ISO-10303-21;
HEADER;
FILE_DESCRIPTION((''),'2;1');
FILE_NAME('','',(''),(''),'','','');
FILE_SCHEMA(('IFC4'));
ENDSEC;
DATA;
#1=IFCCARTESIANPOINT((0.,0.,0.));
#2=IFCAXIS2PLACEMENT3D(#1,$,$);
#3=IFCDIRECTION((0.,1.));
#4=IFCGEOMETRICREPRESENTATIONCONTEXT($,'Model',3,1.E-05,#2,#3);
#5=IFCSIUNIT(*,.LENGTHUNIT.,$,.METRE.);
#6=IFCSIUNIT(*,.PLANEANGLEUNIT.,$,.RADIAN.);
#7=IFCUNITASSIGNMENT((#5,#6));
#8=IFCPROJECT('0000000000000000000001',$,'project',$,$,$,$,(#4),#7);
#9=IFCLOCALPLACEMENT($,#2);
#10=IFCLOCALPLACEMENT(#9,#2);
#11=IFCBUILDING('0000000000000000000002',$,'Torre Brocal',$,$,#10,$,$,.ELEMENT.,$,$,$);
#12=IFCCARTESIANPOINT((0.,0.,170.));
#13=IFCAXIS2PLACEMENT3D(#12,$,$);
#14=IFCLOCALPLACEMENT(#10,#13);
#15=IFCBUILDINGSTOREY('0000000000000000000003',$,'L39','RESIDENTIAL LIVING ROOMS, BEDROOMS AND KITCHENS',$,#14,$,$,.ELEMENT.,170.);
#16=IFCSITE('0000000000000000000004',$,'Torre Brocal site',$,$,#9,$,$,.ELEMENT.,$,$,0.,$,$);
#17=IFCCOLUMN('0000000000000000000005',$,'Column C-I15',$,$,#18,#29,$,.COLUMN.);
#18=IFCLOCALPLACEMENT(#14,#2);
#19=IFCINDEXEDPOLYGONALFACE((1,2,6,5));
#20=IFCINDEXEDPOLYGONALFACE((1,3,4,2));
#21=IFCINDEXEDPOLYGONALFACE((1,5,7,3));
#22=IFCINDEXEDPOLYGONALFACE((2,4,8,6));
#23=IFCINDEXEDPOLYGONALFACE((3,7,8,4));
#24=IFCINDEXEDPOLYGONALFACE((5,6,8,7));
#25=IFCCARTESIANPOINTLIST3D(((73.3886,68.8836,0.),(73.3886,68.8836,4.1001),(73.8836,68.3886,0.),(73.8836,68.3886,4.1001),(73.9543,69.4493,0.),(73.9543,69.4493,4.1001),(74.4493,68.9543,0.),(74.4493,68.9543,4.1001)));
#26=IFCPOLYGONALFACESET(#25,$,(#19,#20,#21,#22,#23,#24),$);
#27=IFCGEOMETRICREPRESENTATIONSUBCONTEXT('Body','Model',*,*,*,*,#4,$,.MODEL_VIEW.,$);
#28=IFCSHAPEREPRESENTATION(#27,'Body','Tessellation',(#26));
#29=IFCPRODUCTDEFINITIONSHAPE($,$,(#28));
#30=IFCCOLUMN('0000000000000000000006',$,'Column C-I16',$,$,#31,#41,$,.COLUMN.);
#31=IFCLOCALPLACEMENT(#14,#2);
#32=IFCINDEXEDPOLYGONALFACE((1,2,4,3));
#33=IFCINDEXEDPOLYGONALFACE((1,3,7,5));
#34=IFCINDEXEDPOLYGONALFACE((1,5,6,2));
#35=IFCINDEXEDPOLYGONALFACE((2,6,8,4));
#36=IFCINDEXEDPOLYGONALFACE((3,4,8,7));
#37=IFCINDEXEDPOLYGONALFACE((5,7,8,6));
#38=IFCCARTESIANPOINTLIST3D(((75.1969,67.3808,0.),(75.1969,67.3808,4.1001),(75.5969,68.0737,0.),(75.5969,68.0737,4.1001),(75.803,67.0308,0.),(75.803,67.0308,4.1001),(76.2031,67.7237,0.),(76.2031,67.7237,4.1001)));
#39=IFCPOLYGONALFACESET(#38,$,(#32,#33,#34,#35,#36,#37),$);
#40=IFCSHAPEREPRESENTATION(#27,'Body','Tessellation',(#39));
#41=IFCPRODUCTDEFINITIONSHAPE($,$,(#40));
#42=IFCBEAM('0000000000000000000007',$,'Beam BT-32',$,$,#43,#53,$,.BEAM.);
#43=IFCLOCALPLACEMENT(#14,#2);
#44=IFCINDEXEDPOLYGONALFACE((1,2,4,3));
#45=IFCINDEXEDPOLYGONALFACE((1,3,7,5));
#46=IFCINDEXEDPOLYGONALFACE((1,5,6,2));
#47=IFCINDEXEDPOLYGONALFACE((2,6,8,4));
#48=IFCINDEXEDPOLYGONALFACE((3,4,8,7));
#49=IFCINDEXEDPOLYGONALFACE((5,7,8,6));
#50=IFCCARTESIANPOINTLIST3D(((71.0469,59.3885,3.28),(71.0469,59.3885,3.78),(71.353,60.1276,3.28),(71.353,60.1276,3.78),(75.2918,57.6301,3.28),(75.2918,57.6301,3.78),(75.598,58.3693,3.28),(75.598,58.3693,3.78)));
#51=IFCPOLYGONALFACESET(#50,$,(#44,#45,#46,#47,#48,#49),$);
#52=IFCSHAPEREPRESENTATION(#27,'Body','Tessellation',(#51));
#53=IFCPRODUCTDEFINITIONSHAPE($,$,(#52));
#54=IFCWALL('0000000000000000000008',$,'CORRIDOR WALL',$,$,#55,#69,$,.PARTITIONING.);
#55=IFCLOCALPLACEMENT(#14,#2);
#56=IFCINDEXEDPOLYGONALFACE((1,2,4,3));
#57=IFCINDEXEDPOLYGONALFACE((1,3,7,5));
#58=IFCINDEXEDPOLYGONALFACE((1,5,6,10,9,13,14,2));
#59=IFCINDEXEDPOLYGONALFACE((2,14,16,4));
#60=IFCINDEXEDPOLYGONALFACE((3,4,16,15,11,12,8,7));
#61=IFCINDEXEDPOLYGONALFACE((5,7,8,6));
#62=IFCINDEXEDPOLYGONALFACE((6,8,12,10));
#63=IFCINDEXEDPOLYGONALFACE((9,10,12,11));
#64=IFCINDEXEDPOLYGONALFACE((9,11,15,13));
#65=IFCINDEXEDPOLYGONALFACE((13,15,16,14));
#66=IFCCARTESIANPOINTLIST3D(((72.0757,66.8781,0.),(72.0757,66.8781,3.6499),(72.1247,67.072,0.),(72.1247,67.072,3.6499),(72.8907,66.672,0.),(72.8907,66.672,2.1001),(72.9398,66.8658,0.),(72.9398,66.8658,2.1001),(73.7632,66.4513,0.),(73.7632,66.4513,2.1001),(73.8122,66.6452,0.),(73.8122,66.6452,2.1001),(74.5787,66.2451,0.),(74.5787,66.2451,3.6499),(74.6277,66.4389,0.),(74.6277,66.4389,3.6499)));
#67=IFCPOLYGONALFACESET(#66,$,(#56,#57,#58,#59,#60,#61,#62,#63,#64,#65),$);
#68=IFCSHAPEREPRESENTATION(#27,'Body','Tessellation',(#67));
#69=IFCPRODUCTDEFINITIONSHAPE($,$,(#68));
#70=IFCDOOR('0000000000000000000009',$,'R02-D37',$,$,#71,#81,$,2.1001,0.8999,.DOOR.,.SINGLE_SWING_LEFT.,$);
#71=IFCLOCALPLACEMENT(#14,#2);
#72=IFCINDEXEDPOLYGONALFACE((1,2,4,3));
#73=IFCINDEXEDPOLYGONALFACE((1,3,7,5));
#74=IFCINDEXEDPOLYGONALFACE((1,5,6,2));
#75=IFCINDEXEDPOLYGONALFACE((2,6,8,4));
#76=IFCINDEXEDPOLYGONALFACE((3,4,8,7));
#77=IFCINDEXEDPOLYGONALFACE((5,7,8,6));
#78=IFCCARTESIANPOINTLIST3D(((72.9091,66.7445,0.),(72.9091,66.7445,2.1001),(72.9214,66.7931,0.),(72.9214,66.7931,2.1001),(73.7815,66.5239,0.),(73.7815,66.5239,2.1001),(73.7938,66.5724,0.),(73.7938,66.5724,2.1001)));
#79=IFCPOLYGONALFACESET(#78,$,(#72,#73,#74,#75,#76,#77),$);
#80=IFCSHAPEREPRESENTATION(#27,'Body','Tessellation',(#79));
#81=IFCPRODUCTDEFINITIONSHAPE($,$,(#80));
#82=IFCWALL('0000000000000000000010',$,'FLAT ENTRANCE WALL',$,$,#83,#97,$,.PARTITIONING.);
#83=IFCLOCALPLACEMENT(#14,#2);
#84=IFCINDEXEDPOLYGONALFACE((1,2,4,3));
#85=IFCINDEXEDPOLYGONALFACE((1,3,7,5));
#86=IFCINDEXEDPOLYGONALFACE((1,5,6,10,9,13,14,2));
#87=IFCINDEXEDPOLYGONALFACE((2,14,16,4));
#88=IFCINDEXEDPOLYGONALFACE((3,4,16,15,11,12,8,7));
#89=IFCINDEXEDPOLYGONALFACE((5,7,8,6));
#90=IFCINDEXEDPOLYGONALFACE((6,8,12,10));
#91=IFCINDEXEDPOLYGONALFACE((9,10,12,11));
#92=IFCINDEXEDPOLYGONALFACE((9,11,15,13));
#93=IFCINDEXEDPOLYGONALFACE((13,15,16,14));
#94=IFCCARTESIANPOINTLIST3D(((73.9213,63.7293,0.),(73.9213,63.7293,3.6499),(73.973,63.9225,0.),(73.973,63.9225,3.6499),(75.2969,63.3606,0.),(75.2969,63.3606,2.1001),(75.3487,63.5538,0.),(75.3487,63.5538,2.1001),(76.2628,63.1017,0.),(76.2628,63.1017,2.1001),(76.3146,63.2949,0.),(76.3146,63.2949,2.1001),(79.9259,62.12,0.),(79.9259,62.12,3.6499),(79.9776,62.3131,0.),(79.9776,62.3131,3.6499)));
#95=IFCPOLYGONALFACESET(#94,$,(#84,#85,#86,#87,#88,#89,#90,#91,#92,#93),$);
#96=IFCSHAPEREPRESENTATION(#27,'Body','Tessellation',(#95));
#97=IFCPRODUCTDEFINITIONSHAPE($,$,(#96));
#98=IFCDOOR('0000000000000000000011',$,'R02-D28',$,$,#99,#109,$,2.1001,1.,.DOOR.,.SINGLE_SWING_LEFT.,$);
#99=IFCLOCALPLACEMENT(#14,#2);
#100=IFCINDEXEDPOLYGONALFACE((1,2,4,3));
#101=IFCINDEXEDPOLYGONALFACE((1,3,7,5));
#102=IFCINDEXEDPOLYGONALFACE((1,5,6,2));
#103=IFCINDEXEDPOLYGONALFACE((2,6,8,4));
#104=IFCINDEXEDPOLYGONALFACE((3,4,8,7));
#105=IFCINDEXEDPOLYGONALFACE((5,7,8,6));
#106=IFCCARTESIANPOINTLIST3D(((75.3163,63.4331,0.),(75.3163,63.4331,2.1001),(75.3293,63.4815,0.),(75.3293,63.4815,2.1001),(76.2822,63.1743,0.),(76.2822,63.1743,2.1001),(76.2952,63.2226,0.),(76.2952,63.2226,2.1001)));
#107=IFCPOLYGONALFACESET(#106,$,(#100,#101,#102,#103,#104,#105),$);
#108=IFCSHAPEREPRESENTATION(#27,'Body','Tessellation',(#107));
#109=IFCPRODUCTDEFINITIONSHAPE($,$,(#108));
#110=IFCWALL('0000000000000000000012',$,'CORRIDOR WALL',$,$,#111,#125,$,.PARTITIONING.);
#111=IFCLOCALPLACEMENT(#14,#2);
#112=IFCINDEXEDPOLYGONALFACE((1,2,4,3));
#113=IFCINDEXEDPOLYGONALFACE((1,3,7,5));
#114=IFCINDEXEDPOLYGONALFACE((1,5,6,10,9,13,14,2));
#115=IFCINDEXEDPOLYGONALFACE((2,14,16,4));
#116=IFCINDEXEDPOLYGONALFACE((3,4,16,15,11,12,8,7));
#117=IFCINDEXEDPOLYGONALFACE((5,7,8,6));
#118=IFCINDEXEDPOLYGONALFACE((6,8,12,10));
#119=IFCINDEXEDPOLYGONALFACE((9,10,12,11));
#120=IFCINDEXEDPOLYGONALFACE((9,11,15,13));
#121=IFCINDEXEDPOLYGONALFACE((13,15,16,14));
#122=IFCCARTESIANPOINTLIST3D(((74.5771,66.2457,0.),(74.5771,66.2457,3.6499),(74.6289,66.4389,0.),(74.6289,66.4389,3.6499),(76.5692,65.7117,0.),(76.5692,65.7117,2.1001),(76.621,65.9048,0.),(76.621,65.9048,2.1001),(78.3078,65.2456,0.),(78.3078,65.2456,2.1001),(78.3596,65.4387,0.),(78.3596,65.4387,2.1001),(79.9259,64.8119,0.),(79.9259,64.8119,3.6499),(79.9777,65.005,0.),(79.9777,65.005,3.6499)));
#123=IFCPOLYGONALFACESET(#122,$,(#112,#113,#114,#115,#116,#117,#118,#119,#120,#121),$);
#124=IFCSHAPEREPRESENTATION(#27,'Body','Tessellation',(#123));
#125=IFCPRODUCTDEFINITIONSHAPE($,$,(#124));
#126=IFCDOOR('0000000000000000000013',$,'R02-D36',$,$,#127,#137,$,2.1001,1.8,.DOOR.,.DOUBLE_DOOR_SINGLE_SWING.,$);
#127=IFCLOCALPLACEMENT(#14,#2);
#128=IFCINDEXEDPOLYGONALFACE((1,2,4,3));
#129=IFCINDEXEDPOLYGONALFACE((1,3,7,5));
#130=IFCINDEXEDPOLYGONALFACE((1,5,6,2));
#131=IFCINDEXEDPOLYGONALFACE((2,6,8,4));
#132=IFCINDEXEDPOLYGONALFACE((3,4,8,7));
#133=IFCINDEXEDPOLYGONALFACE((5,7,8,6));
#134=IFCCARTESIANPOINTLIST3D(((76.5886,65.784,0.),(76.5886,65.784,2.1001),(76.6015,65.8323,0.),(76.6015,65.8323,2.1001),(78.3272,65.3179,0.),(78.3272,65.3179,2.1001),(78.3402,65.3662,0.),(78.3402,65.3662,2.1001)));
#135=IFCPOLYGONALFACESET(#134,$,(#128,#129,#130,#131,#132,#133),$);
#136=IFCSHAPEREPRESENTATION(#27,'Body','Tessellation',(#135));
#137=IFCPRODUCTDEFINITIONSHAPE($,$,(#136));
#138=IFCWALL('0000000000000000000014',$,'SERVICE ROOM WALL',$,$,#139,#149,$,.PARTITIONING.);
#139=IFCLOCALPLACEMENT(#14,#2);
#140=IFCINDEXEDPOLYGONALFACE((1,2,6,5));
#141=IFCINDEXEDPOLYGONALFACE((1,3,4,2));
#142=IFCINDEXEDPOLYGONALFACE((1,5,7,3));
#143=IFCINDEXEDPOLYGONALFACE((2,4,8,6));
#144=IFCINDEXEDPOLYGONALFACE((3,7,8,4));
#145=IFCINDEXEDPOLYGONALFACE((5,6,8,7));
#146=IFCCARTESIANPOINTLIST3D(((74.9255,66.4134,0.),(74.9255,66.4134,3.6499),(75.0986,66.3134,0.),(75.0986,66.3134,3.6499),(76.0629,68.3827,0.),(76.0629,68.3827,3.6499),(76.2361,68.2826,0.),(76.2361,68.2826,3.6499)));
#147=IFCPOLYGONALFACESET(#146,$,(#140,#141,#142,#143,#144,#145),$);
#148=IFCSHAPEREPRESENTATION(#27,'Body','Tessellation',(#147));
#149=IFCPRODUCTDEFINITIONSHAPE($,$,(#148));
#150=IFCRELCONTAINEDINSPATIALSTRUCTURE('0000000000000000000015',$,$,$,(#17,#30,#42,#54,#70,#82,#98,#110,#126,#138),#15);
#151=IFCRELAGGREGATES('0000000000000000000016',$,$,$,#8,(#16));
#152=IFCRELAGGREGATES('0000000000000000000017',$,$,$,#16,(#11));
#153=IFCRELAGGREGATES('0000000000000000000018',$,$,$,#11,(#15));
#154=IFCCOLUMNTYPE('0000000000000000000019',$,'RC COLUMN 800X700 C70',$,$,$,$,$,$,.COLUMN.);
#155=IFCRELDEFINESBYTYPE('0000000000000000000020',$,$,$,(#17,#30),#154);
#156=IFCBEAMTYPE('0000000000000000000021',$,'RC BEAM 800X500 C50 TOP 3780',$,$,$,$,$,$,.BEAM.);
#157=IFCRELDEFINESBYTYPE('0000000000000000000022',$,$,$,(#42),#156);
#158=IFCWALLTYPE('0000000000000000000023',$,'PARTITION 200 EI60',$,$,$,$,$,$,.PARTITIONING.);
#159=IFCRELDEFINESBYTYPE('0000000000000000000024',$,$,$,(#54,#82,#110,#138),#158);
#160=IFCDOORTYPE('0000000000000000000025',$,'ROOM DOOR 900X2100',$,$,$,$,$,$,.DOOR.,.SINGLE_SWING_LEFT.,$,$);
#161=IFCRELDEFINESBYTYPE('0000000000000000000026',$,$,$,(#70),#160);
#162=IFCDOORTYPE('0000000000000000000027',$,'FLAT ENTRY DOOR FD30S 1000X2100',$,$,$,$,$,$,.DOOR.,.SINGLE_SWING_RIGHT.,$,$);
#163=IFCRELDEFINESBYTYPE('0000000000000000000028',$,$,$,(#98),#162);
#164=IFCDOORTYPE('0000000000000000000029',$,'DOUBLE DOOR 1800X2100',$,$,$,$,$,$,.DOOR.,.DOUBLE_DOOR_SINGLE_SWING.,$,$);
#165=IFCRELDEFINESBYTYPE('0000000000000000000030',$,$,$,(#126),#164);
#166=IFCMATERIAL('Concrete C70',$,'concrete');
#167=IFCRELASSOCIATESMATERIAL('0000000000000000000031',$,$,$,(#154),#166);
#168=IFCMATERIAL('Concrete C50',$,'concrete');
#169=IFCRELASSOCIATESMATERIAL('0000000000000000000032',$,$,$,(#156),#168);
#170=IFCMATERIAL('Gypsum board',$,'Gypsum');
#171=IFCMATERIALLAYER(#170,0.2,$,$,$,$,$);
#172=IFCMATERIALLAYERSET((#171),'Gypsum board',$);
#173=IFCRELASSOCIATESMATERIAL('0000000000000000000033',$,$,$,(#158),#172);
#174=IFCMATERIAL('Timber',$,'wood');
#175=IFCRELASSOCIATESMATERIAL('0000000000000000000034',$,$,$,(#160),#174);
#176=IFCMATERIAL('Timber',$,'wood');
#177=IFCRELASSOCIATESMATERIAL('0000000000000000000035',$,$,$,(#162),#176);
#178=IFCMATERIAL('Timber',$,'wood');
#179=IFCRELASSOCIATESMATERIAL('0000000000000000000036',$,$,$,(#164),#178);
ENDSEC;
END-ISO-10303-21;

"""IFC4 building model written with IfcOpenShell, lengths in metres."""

from ifc_helpers import new_model, si_unit, direction, frame, frame_2d, origin, origin_2d, place, context, subcontext, project, spatial, rectangle, extrude, material, layer, layer_set, material_profile, profile_set, type_object, element, fill, save


model = new_model("IFC4")

# Units and contexts
model_context = context("Model", 3, precision=1e-05, world=origin(), true_north=direction((0.0, 1.0)))
body_context = subcontext(model_context, "Body", "Model", "MODEL_VIEW")
ifc_project = project(units=[si_unit("LENGTHUNIT", "METRE"), si_unit("PLANEANGLEUNIT", "RADIAN")], contexts=[model_context])

# Site, building, storey
site_placement = place(None, origin())
site = spatial("IfcSite", under=ifc_project, at=site_placement, Name="Torre Brocal site", CompositionType="ELEMENT", RefElevation=0.0)
building_placement = place(site_placement, origin())
building = spatial("IfcBuilding", under=site, at=building_placement, Name="Torre Brocal", CompositionType="ELEMENT")
storey_placement = place(building_placement, frame((0.0, 0.0, 170.0)))
storey = spatial("IfcBuildingStorey", under=building, at=storey_placement, Name="L39", Description="RESIDENTIAL LIVING ROOMS, BEDROOMS AND KITCHENS", CompositionType="ELEMENT", Elevation=170.0)

# Columns
ifc_material_1 = material(Name="Concrete C70", Category="concrete")
ifc_material_profile_1 = material_profile(ifc_material_1, rectangle(XDim=0.8, YDim=0.7, at=origin_2d()), Name="RC 800X700")
ifc_profile_set_1 = profile_set([ifc_material_profile_1], Name="Concrete C70")
column_type = type_object("IfcColumnType", Name="RC COLUMN 800X700 C70", PredefinedType="COLUMN", material=ifc_profile_set_1)
for number, where, z_axis, x_axis, name in (
    (1, (73.9189, 68.9189, 0.0), (0.0, 0.0, 1.0), (-0.707107, -0.707107, 0.0), "Column C-I15"),
    (2, (75.7, 67.5522, 0.0), (0.0, 0.0, 1.0), (-0.5, -0.866025, 0.0), "Column C-I16"),
):
    element("IfcColumn", number, at=place(storey_placement, frame(where, z_axis=z_axis, x_axis=x_axis)), inside=storey, type_object=column_type, Name=name, PredefinedType="COLUMN", context=body_context, shape_type="SweptSolid", body=[
        extrude(rectangle(XDim=0.8, YDim=0.7, at=origin_2d()), origin(), (0.0, 0.0, 1.0), 4.1001),
    ])

# Beam
ifc_material_2 = material(Name="Concrete C50", Category="concrete")
ifc_material_profile_2 = material_profile(ifc_material_2, rectangle(XDim=0.8, YDim=0.5, at=origin_2d()), Name="RC 800X500")
ifc_profile_set_2 = profile_set([ifc_material_profile_2], Name="Concrete C50")
beam_type = type_object("IfcBeamType", Name="RC BEAM 800X500 C50 TOP 3780", PredefinedType="BEAM", material=ifc_profile_set_2)
beam_placement = place(storey_placement, frame((71.2, 59.7581, 3.53), z_axis=(0.923878, -0.382687, 0.0), x_axis=(0.382687, 0.923878, 0.0)))
element("IfcBeam", 3, at=beam_placement, inside=storey, type_object=beam_type, Name="Beam BT-32", PredefinedType="BEAM", context=body_context, shape_type="SweptSolid", body=[
    extrude(rectangle(XDim=0.8, YDim=0.5, at=origin_2d()), origin(), (0.0, 0.0, 1.0), 4.5947),
])

# Walls, openings, doors
ifc_material_3 = material(Name="Gypsum board", Category="Gypsum")
ifc_layer_1 = layer(ifc_material_3, 0.2)
ifc_layer_set_1 = layer_set([ifc_layer_1], Name="Gypsum board")
wall_type_1 = type_object("IfcWallType", Name="PARTITION 200 EI60", PredefinedType="PARTITIONING", material=ifc_layer_set_1)
wall_1_placement = place(storey_placement, frame((72.1001, 66.9751, 0.0), z_axis=(0.0, 0.0, 1.0), x_axis=(0.969471, -0.245205, 0.0)))
wall_1 = element("IfcWall", 4, at=wall_1_placement, inside=storey, type_object=wall_type_1, Name="CORRIDOR WALL", PredefinedType="PARTITIONING", context=body_context, shape_type="SweptSolid", body=[
    extrude(rectangle(XDim=2.5818, YDim=0.2, at=frame_2d((1.291, 0.0))), origin(), (0.0, 0.0, 1.0), 3.6499),
])
opening_1_placement = place(wall_1_placement, frame((0.8408, 0.0, 0.0)))
opening_1 = element("IfcOpeningElement", 5, at=opening_1_placement, cuts=wall_1, PredefinedType="OPENING", context=body_context, shape_type="SweptSolid", body=[
    extrude(rectangle(XDim=0.8999, YDim=2.1001, at=frame_2d((0.45, 1.05))), frame((0.0, 0.1099, 0.0), z_axis=(0.0, -1.0, 0.0), x_axis=(1.0, 0.0, 0.0)), (0.0, 0.0, 1.0), 0.22),
])
ifc_material_4 = material(Name="Timber", Category="wood")
door_type_1 = type_object("IfcDoorType", Name="ROOM DOOR 900X2100", OperationType="SINGLE_SWING_LEFT", PredefinedType="DOOR", material=ifc_material_4)
door_1_placement = place(opening_1_placement, origin())
door_1 = element("IfcDoor", 6, at=door_1_placement, inside=storey, type_object=door_type_1, Name="R02-D37", OperationType="SINGLE_SWING_LEFT", OverallHeight=2.1001, OverallWidth=0.8999, PredefinedType="DOOR", context=body_context, shape_type="SweptSolid", body=[
    extrude(rectangle(XDim=0.8999, YDim=2.1001, at=frame_2d((0.45, 1.05))), frame((0.0, 0.0249, 0.0), z_axis=(0.0, -1.0, 0.0), x_axis=(1.0, 0.0, 0.0)), (0.0, 0.0, 1.0), 0.05),
])
fill(opening_1, door_1)
wall_2_placement = place(storey_placement, frame((73.947, 63.8259, 0.0), z_axis=(0.0, 0.0, 1.0), x_axis=(0.965908, -0.258885, 0.0)))
wall_2 = element("IfcWall", 7, at=wall_2_placement, inside=storey, type_object=wall_type_1, Name="FLAT ENTRANCE WALL", PredefinedType="PARTITIONING", context=body_context, shape_type="SweptSolid", body=[
    extrude(rectangle(XDim=6.2166, YDim=0.2, at=frame_2d((3.1084, 0.0))), origin(), (0.0, 0.0, 1.0), 3.6499),
])
opening_2_placement = place(wall_2_placement, frame((1.4243, 0.0, 0.0)))
opening_2 = element("IfcOpeningElement", 8, at=opening_2_placement, cuts=wall_2, PredefinedType="OPENING", context=body_context, shape_type="SweptSolid", body=[
    extrude(rectangle(XDim=1.0, YDim=2.1001, at=frame_2d((0.5, 1.05))), frame((0.0, 0.1099, 0.0), z_axis=(0.0, -1.0, 0.0), x_axis=(1.0, 0.0, 0.0)), (0.0, 0.0, 1.0), 0.22),
])
ifc_material_5 = material(Name="Timber", Category="wood")
door_type_2 = type_object("IfcDoorType", Name="FLAT ENTRY DOOR FD30S 1000X2100", OperationType="SINGLE_SWING_RIGHT", PredefinedType="DOOR", material=ifc_material_5)
door_2_placement = place(opening_2_placement, frame((1.0, 0.0, 0.0), z_axis=(0.0, 0.0, 1.0), x_axis=(-1.0, 0.0, 0.0)))
door_2 = element("IfcDoor", 9, at=door_2_placement, inside=storey, type_object=door_type_2, Name="R02-D28", OperationType="SINGLE_SWING_LEFT", OverallHeight=2.1001, OverallWidth=1.0, PredefinedType="DOOR", context=body_context, shape_type="SweptSolid", body=[
    extrude(rectangle(XDim=1.0, YDim=2.1001, at=frame_2d((0.5, 1.05))), frame((0.0, 0.0249, 0.0), z_axis=(0.0, -1.0, 0.0), x_axis=(1.0, 0.0, 0.0)), (0.0, 0.0, 1.0), 0.05),
])
fill(opening_2, door_2)
wall_3_placement = place(storey_placement, frame((74.603, 66.3423, 0.0), z_axis=(0.0, 0.0, 1.0), x_axis=(0.965895, -0.258933, 0.0)))
wall_3 = element("IfcWall", 10, at=wall_3_placement, inside=storey, type_object=wall_type_1, Name="CORRIDOR WALL", PredefinedType="PARTITIONING", context=body_context, shape_type="SweptSolid", body=[
    extrude(rectangle(XDim=5.5376, YDim=0.2, at=frame_2d((2.7688, 0.0))), origin(), (0.0, 0.0, 1.0), 3.6499),
])
opening_3_placement = place(wall_3_placement, frame((2.0625, 0.0, 0.0)))
opening_3 = element("IfcOpeningElement", 11, at=opening_3_placement, cuts=wall_3, PredefinedType="OPENING", context=body_context, shape_type="SweptSolid", body=[
    extrude(rectangle(XDim=1.8, YDim=2.1001, at=frame_2d((0.8999, 1.05))), frame((0.0, 0.1099, 0.0), z_axis=(0.0, -1.0, 0.0), x_axis=(1.0, 0.0, 0.0)), (0.0, 0.0, 1.0), 0.22),
])
ifc_material_6 = material(Name="Timber", Category="wood")
door_type_3 = type_object("IfcDoorType", Name="DOUBLE DOOR 1800X2100", OperationType="DOUBLE_DOOR_SINGLE_SWING", PredefinedType="DOOR", material=ifc_material_6)
door_3_placement = place(opening_3_placement, origin())
door_3 = element("IfcDoor", 12, at=door_3_placement, inside=storey, type_object=door_type_3, Name="R02-D36", OperationType="DOUBLE_DOOR_SINGLE_SWING", OverallHeight=2.1001, OverallWidth=1.8, PredefinedType="DOOR", context=body_context, shape_type="SweptSolid", body=[
    extrude(rectangle(XDim=1.8, YDim=2.1001, at=frame_2d((0.8999, 1.05))), frame((0.0, 0.0249, 0.0), z_axis=(0.0, -1.0, 0.0), x_axis=(1.0, 0.0, 0.0)), (0.0, 0.0, 1.0), 0.05),
])
fill(opening_3, door_3)

# Wall
wall_4_placement = place(storey_placement, frame((75.012, 66.3633, 0.0), z_axis=(0.0, 0.0, 1.0), x_axis=(0.500168, 0.865928, 0.0)))
element("IfcWall", 13, at=wall_4_placement, inside=storey, type_object=wall_type_1, Name="SERVICE ROOM WALL", PredefinedType="PARTITIONING", context=body_context, shape_type="SweptSolid", body=[
    extrude(rectangle(XDim=2.2742, YDim=0.2, at=frame_2d((1.1372, 0.0))), origin(), (0.0, 0.0, 1.0), 3.6499),
])

save(model, "model.ifc")
